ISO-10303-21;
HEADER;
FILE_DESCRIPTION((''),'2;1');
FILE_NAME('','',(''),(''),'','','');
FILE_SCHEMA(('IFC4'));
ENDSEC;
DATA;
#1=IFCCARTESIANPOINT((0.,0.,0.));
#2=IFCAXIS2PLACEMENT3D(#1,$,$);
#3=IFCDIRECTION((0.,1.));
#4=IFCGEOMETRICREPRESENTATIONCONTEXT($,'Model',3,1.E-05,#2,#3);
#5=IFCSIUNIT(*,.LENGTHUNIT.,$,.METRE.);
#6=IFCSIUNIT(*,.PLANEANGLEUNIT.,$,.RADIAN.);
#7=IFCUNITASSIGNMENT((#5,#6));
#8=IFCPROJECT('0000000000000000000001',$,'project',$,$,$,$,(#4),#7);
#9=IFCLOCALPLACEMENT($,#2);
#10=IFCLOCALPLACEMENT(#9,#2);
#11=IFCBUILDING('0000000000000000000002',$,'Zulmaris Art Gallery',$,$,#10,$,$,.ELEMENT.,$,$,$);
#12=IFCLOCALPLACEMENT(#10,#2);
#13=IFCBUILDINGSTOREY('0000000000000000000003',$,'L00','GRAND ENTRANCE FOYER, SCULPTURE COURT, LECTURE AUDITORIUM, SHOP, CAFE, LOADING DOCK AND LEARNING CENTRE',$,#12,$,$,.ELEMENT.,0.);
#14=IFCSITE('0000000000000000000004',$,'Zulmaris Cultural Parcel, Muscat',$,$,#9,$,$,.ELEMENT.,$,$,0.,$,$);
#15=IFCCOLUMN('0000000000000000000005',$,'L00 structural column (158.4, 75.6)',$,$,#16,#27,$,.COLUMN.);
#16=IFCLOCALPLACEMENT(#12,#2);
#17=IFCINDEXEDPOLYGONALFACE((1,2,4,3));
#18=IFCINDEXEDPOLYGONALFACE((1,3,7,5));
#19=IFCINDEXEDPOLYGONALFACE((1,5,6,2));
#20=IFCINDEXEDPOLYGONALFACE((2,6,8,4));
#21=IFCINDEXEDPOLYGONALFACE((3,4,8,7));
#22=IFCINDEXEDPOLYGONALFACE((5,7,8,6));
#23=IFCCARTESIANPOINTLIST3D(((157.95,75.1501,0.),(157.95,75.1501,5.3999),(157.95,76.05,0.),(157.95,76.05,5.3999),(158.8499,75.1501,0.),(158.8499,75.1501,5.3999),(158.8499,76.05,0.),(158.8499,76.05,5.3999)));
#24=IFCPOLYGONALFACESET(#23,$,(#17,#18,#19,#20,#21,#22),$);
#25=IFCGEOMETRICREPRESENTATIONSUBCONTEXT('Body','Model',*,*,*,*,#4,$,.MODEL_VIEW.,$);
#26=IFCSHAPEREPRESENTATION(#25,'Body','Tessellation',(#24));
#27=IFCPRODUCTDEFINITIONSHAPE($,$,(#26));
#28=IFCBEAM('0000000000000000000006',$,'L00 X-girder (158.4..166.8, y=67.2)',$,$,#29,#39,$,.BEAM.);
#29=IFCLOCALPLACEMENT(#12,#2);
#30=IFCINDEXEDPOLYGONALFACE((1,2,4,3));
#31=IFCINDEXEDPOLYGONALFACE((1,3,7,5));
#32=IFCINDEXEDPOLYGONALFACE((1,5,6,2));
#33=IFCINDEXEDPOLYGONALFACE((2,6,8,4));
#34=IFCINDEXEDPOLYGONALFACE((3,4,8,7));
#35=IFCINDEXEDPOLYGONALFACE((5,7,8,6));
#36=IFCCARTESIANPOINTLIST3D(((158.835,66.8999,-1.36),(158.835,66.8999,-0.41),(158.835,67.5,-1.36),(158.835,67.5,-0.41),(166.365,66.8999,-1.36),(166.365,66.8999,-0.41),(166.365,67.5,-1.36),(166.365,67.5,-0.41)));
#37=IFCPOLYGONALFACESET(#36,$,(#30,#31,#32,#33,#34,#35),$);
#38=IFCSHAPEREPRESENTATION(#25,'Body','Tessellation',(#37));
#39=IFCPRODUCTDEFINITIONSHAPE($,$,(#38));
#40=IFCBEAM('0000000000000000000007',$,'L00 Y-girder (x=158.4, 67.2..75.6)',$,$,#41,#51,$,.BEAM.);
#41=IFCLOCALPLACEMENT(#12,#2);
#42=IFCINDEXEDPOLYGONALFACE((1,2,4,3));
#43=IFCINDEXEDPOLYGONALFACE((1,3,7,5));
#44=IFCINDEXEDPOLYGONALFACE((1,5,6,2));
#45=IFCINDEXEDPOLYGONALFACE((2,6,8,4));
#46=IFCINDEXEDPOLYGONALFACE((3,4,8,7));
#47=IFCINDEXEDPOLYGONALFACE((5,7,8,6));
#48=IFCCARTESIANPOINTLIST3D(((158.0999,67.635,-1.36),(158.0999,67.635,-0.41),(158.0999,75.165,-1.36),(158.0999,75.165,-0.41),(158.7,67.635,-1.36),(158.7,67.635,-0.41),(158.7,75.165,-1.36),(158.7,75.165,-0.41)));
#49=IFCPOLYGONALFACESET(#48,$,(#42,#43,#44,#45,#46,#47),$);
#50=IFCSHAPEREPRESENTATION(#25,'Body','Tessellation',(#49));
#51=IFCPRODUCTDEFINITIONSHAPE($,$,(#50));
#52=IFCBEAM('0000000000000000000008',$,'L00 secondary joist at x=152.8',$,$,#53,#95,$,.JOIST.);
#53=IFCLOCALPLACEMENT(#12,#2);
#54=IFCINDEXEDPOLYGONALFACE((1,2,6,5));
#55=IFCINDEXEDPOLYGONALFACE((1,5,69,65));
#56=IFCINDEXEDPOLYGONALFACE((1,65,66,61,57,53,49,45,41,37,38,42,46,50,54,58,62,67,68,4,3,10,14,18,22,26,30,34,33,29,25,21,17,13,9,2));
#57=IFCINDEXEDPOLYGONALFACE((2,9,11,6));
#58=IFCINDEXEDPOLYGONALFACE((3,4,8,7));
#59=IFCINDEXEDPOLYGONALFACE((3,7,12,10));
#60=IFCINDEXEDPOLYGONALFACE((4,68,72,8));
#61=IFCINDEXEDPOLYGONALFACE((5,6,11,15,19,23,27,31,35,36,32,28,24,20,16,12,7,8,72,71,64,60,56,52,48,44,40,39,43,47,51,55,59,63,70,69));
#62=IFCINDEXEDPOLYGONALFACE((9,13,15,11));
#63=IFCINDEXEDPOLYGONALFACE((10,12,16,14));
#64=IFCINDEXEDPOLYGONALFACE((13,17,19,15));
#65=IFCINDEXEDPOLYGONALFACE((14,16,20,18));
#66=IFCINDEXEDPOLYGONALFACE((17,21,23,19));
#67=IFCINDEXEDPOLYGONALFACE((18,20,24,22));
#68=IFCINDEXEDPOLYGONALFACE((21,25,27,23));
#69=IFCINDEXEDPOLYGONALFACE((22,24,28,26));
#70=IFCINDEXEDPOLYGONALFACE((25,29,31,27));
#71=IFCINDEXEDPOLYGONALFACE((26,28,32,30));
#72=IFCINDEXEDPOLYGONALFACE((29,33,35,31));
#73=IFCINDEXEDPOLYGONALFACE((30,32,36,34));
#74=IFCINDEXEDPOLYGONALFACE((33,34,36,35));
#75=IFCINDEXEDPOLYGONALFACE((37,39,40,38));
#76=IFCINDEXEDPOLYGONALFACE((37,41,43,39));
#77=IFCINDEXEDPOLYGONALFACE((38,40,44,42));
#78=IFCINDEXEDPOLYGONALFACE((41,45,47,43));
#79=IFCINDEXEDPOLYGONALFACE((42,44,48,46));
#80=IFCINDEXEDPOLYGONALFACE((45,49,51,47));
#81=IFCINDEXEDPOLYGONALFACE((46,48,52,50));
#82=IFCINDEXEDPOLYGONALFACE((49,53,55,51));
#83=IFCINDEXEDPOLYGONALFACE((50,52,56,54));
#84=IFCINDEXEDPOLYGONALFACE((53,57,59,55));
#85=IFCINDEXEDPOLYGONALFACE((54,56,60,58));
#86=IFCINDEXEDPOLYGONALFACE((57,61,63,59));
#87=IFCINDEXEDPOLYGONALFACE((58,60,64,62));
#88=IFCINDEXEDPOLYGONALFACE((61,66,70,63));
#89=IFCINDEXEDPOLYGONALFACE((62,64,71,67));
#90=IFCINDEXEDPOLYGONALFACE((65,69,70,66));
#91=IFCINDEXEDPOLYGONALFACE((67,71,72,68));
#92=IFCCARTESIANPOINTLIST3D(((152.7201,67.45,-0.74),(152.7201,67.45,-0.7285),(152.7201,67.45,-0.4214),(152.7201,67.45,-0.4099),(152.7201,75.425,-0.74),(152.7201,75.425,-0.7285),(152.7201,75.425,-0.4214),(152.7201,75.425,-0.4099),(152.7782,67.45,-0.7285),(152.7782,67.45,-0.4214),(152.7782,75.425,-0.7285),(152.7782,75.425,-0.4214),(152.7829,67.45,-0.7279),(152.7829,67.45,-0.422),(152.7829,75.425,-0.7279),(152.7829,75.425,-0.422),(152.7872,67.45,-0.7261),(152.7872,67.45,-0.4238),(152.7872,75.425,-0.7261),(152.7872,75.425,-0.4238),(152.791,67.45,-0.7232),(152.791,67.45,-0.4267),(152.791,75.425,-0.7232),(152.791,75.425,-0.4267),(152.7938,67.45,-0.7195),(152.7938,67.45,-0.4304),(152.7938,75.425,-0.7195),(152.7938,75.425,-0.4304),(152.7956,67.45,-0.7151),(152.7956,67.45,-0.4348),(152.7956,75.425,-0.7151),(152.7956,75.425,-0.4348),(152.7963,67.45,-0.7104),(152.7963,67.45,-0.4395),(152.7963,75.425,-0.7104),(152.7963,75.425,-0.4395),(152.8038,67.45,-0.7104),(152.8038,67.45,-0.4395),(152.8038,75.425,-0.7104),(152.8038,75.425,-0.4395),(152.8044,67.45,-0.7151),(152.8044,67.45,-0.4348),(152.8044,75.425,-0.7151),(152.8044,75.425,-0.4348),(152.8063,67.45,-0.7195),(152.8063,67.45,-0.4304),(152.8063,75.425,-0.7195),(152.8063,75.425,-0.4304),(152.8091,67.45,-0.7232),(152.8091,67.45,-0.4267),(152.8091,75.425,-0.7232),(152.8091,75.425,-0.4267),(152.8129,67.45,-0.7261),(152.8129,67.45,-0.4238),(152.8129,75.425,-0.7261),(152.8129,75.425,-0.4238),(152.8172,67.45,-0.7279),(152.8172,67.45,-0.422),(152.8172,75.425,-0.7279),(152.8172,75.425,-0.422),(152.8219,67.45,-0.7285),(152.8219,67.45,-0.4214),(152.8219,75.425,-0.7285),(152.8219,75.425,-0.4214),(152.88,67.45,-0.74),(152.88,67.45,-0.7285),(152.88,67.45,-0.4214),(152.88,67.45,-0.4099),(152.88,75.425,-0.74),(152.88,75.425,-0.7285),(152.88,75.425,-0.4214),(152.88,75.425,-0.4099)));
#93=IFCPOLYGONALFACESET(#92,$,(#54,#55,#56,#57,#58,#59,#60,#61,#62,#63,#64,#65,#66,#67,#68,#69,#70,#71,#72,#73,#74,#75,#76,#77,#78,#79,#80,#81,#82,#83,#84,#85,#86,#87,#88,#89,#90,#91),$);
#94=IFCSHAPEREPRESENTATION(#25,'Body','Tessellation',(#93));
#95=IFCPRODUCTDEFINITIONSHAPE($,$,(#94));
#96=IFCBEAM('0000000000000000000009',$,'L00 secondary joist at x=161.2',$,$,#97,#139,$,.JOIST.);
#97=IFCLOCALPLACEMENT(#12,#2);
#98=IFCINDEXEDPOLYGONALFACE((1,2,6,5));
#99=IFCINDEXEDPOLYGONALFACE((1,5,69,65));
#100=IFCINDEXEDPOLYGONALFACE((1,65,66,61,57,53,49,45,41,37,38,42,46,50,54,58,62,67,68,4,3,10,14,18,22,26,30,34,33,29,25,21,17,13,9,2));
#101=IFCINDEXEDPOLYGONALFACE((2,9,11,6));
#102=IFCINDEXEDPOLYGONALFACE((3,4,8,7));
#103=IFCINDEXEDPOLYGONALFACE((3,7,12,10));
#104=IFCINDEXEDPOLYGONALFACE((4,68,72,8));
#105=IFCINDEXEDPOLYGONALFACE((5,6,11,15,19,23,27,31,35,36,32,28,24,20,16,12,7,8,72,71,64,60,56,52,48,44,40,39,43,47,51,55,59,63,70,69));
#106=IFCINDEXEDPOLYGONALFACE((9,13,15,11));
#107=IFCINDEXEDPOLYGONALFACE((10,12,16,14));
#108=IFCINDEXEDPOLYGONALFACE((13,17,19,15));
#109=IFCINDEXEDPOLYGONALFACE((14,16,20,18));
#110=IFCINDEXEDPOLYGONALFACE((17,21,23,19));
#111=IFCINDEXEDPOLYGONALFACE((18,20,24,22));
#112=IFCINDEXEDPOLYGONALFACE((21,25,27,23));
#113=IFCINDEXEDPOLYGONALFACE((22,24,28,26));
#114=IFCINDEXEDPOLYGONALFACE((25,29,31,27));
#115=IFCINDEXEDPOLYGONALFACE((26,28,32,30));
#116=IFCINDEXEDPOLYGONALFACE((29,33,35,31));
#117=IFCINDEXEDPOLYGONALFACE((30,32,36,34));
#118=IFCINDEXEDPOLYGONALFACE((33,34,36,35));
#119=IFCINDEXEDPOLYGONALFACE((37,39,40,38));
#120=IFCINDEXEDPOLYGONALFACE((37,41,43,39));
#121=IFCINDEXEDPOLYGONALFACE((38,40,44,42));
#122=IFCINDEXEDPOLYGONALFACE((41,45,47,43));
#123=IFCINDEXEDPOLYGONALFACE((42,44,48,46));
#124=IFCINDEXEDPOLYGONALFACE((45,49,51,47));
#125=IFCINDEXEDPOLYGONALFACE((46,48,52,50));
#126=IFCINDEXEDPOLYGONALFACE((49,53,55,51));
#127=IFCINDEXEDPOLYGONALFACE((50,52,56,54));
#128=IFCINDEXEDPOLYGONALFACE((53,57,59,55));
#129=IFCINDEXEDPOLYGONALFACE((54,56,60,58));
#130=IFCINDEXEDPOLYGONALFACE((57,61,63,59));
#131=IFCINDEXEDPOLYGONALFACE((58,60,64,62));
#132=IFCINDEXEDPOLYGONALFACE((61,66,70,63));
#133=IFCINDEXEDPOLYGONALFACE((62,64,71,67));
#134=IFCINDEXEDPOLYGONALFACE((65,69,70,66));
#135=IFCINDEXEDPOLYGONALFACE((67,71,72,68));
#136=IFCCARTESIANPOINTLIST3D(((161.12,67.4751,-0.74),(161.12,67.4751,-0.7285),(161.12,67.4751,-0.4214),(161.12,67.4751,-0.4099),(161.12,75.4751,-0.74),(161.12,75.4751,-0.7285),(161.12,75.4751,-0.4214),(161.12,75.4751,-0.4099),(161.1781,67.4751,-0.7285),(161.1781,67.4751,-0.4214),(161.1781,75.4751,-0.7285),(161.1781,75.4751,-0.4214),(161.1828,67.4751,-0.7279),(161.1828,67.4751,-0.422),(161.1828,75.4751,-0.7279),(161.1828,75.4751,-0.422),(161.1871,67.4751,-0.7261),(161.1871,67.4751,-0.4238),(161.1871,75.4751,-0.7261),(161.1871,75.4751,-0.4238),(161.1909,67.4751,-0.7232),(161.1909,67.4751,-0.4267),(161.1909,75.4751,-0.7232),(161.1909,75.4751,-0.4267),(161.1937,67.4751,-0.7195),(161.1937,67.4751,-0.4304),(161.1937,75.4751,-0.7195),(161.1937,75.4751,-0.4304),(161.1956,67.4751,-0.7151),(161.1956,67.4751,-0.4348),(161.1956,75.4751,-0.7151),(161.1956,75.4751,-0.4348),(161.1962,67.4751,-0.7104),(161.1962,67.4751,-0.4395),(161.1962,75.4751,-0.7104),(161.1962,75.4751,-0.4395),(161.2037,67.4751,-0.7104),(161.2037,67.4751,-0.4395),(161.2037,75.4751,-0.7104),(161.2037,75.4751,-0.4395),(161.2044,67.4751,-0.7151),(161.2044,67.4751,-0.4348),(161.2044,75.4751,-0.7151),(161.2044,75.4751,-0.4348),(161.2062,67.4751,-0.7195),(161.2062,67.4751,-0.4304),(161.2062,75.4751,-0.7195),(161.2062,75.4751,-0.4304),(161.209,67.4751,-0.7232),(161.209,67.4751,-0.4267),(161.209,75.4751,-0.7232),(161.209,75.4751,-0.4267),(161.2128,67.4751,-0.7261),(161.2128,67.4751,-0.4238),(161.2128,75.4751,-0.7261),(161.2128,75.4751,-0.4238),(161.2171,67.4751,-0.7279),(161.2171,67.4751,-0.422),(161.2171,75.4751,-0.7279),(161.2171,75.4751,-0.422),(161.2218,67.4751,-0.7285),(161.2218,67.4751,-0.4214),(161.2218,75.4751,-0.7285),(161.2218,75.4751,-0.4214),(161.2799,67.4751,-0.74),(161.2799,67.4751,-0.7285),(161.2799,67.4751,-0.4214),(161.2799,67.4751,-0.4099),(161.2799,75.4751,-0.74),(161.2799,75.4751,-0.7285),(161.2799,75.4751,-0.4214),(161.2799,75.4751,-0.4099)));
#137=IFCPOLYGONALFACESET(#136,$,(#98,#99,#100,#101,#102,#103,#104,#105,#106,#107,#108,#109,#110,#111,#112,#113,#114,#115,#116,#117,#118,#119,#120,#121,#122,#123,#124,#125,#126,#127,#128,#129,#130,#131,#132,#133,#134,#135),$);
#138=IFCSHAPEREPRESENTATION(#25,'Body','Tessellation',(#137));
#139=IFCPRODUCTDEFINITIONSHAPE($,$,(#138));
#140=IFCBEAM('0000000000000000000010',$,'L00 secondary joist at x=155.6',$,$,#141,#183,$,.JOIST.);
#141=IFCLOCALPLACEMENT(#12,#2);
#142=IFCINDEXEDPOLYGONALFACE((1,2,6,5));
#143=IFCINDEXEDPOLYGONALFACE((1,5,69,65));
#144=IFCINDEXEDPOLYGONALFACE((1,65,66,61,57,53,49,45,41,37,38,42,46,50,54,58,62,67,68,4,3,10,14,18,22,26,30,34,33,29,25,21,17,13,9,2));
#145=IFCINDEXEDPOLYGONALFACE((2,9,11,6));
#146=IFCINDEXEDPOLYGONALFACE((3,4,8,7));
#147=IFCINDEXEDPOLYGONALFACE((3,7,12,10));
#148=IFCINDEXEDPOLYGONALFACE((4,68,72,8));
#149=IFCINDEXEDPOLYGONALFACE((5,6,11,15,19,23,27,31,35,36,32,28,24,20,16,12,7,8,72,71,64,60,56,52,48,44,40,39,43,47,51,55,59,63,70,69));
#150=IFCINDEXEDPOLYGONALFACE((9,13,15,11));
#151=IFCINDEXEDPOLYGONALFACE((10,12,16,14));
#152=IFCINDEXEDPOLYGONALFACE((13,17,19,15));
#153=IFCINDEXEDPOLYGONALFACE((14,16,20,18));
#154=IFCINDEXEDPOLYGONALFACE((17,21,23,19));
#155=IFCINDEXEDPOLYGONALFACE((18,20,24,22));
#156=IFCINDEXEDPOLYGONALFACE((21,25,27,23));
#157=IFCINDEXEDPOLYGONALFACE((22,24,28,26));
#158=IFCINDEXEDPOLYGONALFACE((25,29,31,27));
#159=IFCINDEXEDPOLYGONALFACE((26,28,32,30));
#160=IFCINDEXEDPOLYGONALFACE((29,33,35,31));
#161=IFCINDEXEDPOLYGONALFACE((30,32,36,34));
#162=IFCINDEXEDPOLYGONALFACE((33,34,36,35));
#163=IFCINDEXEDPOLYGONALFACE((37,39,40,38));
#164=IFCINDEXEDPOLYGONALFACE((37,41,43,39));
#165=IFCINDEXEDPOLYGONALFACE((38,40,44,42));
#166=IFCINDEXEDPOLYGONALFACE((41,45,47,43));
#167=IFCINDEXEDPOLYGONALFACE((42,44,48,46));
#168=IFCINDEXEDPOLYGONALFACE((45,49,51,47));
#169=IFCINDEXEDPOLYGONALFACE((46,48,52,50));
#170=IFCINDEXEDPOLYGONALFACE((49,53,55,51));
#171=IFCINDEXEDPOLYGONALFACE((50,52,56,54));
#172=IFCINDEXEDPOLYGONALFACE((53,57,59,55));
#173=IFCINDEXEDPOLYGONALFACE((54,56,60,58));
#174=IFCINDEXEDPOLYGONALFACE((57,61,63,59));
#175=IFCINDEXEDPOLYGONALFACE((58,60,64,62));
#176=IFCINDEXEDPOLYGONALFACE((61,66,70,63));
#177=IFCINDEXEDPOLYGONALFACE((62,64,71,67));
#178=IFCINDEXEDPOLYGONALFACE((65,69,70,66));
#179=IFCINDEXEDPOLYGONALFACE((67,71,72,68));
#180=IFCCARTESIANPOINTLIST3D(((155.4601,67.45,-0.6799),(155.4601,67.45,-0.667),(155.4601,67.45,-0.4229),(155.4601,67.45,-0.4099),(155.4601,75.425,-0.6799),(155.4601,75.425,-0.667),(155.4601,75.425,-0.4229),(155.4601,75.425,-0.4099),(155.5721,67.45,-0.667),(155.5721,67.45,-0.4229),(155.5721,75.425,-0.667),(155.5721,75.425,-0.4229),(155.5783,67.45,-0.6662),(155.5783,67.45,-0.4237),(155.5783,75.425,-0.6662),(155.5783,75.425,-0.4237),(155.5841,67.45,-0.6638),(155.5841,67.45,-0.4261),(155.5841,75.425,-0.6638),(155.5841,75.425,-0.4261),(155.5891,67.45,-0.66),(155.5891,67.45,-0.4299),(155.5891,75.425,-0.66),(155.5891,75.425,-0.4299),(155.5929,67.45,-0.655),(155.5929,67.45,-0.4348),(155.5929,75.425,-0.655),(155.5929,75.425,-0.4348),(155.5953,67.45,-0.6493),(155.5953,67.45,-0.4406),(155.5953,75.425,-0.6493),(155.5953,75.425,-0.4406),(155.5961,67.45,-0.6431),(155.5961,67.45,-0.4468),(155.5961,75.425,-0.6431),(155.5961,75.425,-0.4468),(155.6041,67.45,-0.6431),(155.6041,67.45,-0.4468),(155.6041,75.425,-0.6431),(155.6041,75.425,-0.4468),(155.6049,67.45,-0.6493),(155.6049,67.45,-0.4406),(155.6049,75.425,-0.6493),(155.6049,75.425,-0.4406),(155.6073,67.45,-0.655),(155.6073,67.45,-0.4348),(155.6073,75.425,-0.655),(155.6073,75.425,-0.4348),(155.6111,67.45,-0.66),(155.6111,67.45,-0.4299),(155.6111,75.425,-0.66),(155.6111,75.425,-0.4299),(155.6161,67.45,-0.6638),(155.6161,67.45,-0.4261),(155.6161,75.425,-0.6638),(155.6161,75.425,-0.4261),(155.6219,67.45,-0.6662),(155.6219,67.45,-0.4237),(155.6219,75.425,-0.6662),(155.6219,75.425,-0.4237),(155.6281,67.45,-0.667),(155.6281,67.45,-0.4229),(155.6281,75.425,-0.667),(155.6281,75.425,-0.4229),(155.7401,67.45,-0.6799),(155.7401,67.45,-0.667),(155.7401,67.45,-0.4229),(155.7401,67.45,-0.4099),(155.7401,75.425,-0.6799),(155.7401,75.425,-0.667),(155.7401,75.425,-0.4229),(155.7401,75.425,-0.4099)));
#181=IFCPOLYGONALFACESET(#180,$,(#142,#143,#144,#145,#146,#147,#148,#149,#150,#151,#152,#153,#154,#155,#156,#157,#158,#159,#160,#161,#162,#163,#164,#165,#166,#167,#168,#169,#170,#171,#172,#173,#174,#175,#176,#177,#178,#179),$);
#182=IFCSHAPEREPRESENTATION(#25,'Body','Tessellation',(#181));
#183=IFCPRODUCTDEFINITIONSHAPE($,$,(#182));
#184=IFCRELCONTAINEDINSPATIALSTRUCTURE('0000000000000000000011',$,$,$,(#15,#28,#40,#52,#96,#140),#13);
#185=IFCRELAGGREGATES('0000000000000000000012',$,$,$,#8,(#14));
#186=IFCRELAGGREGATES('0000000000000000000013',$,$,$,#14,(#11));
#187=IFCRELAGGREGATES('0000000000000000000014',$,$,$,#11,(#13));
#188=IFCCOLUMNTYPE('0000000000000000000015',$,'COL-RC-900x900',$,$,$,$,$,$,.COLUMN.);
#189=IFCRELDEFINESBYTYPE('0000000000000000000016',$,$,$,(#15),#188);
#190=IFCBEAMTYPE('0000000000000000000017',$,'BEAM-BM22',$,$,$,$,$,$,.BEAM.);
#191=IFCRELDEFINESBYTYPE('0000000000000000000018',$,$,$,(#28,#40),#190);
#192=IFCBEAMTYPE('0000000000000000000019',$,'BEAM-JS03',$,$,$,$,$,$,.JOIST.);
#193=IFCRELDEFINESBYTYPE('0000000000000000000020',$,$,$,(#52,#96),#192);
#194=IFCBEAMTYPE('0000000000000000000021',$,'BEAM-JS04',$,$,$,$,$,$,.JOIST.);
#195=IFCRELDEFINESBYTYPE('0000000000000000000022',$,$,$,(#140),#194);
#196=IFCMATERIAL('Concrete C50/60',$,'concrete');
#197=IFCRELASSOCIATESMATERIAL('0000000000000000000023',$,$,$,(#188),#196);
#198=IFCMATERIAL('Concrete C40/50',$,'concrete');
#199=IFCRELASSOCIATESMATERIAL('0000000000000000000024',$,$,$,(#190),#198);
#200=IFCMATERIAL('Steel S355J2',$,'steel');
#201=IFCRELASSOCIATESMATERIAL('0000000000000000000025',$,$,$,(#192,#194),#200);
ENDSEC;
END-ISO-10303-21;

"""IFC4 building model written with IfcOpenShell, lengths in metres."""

from ifc_helpers import new_model, si_unit, direction, frame, origin, origin_2d, place, context, subcontext, project, spatial, rectangle, i_section, extrude, material, material_profile, profile_set, type_object, element, save


model = new_model("IFC4")

# Units and contexts
model_context = context("Model", 3, precision=1e-05, world=origin(), true_north=direction((0.0, 1.0)))
body_context = subcontext(model_context, "Body", "Model", "MODEL_VIEW")
ifc_project = project(units=[si_unit("LENGTHUNIT", "METRE"), si_unit("PLANEANGLEUNIT", "RADIAN")], contexts=[model_context])

# Site, building, storey
site_placement = place(None, origin())
site = spatial("IfcSite", under=ifc_project, at=site_placement, Name="Zulmaris Cultural Parcel, Muscat", CompositionType="ELEMENT", RefElevation=0.0)
building_placement = place(site_placement, origin())
building = spatial("IfcBuilding", under=site, at=building_placement, Name="Zulmaris Art Gallery", CompositionType="ELEMENT")
storey_placement = place(building_placement, origin())
storey = spatial("IfcBuildingStorey", under=building, at=storey_placement, Name="L00", Description="GRAND ENTRANCE FOYER, SCULPTURE COURT, LECTURE AUDITORIUM, SHOP, CAFE, LOADING DOCK AND LEARNING CENTRE", CompositionType="ELEMENT", Elevation=0.0)

# Column
ifc_material_1 = material(Name="Concrete C50/60", Category="concrete")
ifc_material_profile_1 = material_profile(ifc_material_1, rectangle(XDim=0.8999, YDim=0.8999, at=origin_2d()), Name="RC 900x900")
ifc_profile_set_1 = profile_set([ifc_material_profile_1], Name="Concrete C50/60")
column_type = type_object("IfcColumnType", Name="COL-RC-900x900", PredefinedType="COLUMN", material=ifc_profile_set_1)
column_placement = place(storey_placement, frame((158.3999, 75.6001, 0.0), z_axis=(0.0, 0.0, 1.0), x_axis=(1.0, 0.0, 0.0)))
element("IfcColumn", 1, at=column_placement, inside=storey, type_object=column_type, Name="L00 structural column (158.4, 75.6)", PredefinedType="COLUMN", context=body_context, shape_type="SweptSolid", body=[
    extrude(rectangle(XDim=0.8999, YDim=0.8999, at=origin_2d()), origin(), (0.0, 0.0, 1.0), 5.3999),
])

# Beams
ifc_material_2 = material(Name="Concrete C40/50", Category="concrete")
ifc_material_profile_2 = material_profile(ifc_material_2, rectangle(XDim=0.6001, YDim=0.95, at=origin_2d()), Name="RC 600x950")
ifc_profile_set_2 = profile_set([ifc_material_profile_2], Name="Concrete C40/50")
beam_type_1 = type_object("IfcBeamType", Name="BEAM-BM22", PredefinedType="BEAM", material=ifc_profile_set_2)
for number, where, z_axis, x_axis, name in (
    (2, (158.835, 67.2, -0.885), (1.0, 0.0, 0.0), (0.0, 1.0, 0.0), "L00 X-girder (158.4..166.8, y=67.2)"),
    (3, (158.3999, 67.635, -0.885), (0.0, 1.0, 0.0), (-1.0, 0.0, 0.0), "L00 Y-girder (x=158.4, 67.2..75.6)"),
):
    element("IfcBeam", number, at=place(storey_placement, frame(where, z_axis=z_axis, x_axis=x_axis)), inside=storey, type_object=beam_type_1, Name=name, PredefinedType="BEAM", context=body_context, shape_type="SweptSolid", body=[
        extrude(rectangle(XDim=0.6001, YDim=0.95, at=origin_2d()), origin(), (0.0, 0.0, 1.0), 7.53),
    ])
ifc_material_3 = material(Name="Steel S355J2", Category="steel")
ifc_material_profile_3 = material_profile(ifc_material_3, i_section(OverallWidth=0.1599, OverallDepth=0.3301, WebThickness=0.0076, FlangeThickness=0.0115, FilletRadius=0.0181, at=origin_2d()), Name="IPE 330")
ifc_profile_set_3 = profile_set([ifc_material_profile_3], Name="Steel S355J2")
beam_type_2 = type_object("IfcBeamType", Name="BEAM-JS03", PredefinedType="JOIST", material=ifc_profile_set_3)
beam_1_placement = place(storey_placement, frame((152.8, 67.45, -0.575), z_axis=(0.0, 1.0, 0.0), x_axis=(-1.0, 0.0, 0.0)))
element("IfcBeam", 4, at=beam_1_placement, inside=storey, type_object=beam_type_2, Name="L00 secondary joist at x=152.8", PredefinedType="JOIST", context=body_context, shape_type="SweptSolid", body=[
    extrude(i_section(OverallWidth=0.1599, OverallDepth=0.3301, WebThickness=0.0076, FlangeThickness=0.0115, FilletRadius=0.0181, at=origin_2d()), origin(), (0.0, 0.0, 1.0), 7.9751),
])
beam_2_placement = place(storey_placement, frame((161.2, 67.4751, -0.575), z_axis=(0.0, 1.0, 0.0), x_axis=(-1.0, 0.0, 0.0)))
element("IfcBeam", 5, at=beam_2_placement, inside=storey, type_object=beam_type_2, Name="L00 secondary joist at x=161.2", PredefinedType="JOIST", context=body_context, shape_type="SweptSolid", body=[
    extrude(i_section(OverallWidth=0.1599, OverallDepth=0.3301, WebThickness=0.0076, FlangeThickness=0.0115, FilletRadius=0.0181, at=origin_2d()), origin(), (0.0, 0.0, 1.0), 8.0),
])
ifc_material_profile_4 = material_profile(ifc_material_3, i_section(OverallWidth=0.28, OverallDepth=0.27, WebThickness=0.0081, FlangeThickness=0.0129, FilletRadius=0.0239, at=origin_2d()), Name="HEA 280")
ifc_profile_set_4 = profile_set([ifc_material_profile_4], Name="Steel S355J2")
beam_type_3 = type_object("IfcBeamType", Name="BEAM-JS04", PredefinedType="JOIST", material=ifc_profile_set_4)
beam_3_placement = place(storey_placement, frame((155.6001, 67.45, -0.5449), z_axis=(0.0, 1.0, 0.0), x_axis=(-1.0, 0.0, 0.0)))
element("IfcBeam", 6, at=beam_3_placement, inside=storey, type_object=beam_type_3, Name="L00 secondary joist at x=155.6", PredefinedType="JOIST", context=body_context, shape_type="SweptSolid", body=[
    extrude(i_section(OverallWidth=0.28, OverallDepth=0.27, WebThickness=0.0081, FlangeThickness=0.0129, FilletRadius=0.0239, at=origin_2d()), origin(), (0.0, 0.0, 1.0), 7.9751),
])

save(model, "model.ifc")
